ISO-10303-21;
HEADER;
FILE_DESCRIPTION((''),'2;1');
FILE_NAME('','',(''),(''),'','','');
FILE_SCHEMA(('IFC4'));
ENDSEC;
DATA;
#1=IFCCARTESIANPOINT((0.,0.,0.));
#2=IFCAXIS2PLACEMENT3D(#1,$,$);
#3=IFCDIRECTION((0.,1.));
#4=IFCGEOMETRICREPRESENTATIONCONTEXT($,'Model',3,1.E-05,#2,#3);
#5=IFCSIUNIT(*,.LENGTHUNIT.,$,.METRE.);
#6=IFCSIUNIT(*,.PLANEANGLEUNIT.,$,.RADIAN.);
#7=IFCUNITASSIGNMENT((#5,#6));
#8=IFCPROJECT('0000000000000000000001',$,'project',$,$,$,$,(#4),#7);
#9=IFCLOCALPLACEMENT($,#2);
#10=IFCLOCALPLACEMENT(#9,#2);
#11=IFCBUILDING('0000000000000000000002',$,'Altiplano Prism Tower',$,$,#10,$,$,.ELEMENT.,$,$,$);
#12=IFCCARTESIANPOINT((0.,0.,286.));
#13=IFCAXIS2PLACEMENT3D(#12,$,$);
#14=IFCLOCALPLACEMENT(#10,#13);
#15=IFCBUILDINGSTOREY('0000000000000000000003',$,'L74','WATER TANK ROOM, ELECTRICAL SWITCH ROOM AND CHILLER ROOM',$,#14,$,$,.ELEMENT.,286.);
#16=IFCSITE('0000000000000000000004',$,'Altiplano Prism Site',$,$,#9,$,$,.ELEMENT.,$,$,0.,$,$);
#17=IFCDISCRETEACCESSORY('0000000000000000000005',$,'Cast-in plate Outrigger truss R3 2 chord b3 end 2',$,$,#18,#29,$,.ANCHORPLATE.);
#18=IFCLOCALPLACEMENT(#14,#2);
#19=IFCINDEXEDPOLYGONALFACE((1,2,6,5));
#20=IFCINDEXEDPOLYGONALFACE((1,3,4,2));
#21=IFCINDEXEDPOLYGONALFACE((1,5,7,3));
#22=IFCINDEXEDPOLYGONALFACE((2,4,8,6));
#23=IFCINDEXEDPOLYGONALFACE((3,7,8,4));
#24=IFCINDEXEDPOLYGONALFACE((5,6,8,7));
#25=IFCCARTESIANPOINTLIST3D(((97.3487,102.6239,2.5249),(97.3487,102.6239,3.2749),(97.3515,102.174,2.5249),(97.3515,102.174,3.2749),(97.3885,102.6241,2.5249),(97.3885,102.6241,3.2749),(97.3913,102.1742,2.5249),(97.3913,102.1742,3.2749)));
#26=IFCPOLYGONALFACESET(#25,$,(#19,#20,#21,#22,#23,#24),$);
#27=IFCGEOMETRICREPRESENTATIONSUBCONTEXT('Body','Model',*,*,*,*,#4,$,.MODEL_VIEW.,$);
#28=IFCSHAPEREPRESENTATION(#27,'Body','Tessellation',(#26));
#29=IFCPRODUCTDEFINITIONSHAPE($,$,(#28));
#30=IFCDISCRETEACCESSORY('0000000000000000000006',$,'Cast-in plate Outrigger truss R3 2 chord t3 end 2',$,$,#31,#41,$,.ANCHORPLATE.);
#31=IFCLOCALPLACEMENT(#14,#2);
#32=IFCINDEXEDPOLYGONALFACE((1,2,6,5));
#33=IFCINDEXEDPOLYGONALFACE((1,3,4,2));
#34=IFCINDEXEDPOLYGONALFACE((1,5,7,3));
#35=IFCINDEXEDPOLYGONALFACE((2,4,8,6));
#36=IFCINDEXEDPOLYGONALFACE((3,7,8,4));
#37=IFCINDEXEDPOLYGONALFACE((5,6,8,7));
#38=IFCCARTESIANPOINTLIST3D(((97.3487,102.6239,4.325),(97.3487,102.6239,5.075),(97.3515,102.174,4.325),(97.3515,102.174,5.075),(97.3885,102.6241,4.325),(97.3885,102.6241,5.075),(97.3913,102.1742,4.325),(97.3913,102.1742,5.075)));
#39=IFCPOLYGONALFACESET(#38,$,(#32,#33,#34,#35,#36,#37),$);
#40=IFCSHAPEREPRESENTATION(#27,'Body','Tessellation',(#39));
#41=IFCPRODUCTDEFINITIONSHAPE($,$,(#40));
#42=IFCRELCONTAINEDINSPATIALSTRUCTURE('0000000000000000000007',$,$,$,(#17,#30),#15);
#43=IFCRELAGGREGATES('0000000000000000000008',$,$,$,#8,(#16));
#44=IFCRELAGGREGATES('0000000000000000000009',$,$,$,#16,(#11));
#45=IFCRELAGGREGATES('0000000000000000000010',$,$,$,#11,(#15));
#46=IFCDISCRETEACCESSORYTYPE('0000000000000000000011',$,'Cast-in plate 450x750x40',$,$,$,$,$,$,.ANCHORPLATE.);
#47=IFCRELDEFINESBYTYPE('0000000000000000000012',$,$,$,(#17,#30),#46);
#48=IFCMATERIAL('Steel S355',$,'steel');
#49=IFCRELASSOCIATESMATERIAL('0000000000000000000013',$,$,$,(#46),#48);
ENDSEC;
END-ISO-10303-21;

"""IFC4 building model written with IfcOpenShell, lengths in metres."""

from ifc_helpers import new_model, si_unit, direction, frame, origin, origin_2d, place, context, subcontext, project, spatial, rectangle, extrude, material, material_profile, profile_set, type_object, element, save


model = new_model("IFC4")

# Units and contexts
model_context = context("Model", 3, precision=1e-05, world=origin(), true_north=direction((0.0, 1.0)))
body_context = subcontext(model_context, "Body", "Model", "MODEL_VIEW")
ifc_project = project(units=[si_unit("LENGTHUNIT", "METRE"), si_unit("PLANEANGLEUNIT", "RADIAN")], contexts=[model_context])

# Site, building, storey
site_placement = place(None, origin())
site = spatial("IfcSite", under=ifc_project, at=site_placement, Name="Altiplano Prism Site", CompositionType="ELEMENT", RefElevation=0.0)
building_placement = place(site_placement, origin())
building = spatial("IfcBuilding", under=site, at=building_placement, Name="Altiplano Prism Tower", CompositionType="ELEMENT")
storey_placement = place(building_placement, frame((0.0, 0.0, 286.0)))
storey = spatial("IfcBuildingStorey", under=building, at=storey_placement, Name="L74", Description="WATER TANK ROOM, ELECTRICAL SWITCH ROOM AND CHILLER ROOM", CompositionType="ELEMENT", Elevation=286.0)

# Shared definitions
ifc_material_1 = material(Name="Steel S355", Category="steel")

# Discrete accessories
ifc_material_profile_1 = material_profile(ifc_material_1, rectangle(XDim=0.45, YDim=0.75, at=origin_2d()), Name="Cast-in plate 450x750x40")
ifc_profile_set_1 = profile_set([ifc_material_profile_1], Name="Steel S355")
discrete_accessory_type_1 = type_object("IfcDiscreteAccessoryType", Name="Cast-in plate 450x750x40", PredefinedType="ANCHORPLATE", material=ifc_profile_set_1)
for number, where, z_axis, x_axis, name in (
    (1, (97.3501, 102.3989, 2.8999), (0.999981, 0.006135, 0.0), (-0.006135, 0.999981, 0.0), "Cast-in plate Outrigger truss R3 2 chord b3 end 2"),
    (2, (97.3501, 102.3989, 4.7), (0.999981, 0.006135, 0.0), (-0.006135, 0.999981, 0.0), "Cast-in plate Outrigger truss R3 2 chord t3 end 2"),
):
    element("IfcDiscreteAccessory", number, at=place(storey_placement, frame(where, z_axis=z_axis, x_axis=x_axis)), inside=storey, type_object=discrete_accessory_type_1, Name=name, PredefinedType="ANCHORPLATE", context=body_context, shape_type="SweptSolid", body=[
        extrude(rectangle(XDim=0.45, YDim=0.75, at=origin_2d()), origin(), (0.0, 0.0, 1.0), 0.0398),
    ])

save(model, "model.ifc")
